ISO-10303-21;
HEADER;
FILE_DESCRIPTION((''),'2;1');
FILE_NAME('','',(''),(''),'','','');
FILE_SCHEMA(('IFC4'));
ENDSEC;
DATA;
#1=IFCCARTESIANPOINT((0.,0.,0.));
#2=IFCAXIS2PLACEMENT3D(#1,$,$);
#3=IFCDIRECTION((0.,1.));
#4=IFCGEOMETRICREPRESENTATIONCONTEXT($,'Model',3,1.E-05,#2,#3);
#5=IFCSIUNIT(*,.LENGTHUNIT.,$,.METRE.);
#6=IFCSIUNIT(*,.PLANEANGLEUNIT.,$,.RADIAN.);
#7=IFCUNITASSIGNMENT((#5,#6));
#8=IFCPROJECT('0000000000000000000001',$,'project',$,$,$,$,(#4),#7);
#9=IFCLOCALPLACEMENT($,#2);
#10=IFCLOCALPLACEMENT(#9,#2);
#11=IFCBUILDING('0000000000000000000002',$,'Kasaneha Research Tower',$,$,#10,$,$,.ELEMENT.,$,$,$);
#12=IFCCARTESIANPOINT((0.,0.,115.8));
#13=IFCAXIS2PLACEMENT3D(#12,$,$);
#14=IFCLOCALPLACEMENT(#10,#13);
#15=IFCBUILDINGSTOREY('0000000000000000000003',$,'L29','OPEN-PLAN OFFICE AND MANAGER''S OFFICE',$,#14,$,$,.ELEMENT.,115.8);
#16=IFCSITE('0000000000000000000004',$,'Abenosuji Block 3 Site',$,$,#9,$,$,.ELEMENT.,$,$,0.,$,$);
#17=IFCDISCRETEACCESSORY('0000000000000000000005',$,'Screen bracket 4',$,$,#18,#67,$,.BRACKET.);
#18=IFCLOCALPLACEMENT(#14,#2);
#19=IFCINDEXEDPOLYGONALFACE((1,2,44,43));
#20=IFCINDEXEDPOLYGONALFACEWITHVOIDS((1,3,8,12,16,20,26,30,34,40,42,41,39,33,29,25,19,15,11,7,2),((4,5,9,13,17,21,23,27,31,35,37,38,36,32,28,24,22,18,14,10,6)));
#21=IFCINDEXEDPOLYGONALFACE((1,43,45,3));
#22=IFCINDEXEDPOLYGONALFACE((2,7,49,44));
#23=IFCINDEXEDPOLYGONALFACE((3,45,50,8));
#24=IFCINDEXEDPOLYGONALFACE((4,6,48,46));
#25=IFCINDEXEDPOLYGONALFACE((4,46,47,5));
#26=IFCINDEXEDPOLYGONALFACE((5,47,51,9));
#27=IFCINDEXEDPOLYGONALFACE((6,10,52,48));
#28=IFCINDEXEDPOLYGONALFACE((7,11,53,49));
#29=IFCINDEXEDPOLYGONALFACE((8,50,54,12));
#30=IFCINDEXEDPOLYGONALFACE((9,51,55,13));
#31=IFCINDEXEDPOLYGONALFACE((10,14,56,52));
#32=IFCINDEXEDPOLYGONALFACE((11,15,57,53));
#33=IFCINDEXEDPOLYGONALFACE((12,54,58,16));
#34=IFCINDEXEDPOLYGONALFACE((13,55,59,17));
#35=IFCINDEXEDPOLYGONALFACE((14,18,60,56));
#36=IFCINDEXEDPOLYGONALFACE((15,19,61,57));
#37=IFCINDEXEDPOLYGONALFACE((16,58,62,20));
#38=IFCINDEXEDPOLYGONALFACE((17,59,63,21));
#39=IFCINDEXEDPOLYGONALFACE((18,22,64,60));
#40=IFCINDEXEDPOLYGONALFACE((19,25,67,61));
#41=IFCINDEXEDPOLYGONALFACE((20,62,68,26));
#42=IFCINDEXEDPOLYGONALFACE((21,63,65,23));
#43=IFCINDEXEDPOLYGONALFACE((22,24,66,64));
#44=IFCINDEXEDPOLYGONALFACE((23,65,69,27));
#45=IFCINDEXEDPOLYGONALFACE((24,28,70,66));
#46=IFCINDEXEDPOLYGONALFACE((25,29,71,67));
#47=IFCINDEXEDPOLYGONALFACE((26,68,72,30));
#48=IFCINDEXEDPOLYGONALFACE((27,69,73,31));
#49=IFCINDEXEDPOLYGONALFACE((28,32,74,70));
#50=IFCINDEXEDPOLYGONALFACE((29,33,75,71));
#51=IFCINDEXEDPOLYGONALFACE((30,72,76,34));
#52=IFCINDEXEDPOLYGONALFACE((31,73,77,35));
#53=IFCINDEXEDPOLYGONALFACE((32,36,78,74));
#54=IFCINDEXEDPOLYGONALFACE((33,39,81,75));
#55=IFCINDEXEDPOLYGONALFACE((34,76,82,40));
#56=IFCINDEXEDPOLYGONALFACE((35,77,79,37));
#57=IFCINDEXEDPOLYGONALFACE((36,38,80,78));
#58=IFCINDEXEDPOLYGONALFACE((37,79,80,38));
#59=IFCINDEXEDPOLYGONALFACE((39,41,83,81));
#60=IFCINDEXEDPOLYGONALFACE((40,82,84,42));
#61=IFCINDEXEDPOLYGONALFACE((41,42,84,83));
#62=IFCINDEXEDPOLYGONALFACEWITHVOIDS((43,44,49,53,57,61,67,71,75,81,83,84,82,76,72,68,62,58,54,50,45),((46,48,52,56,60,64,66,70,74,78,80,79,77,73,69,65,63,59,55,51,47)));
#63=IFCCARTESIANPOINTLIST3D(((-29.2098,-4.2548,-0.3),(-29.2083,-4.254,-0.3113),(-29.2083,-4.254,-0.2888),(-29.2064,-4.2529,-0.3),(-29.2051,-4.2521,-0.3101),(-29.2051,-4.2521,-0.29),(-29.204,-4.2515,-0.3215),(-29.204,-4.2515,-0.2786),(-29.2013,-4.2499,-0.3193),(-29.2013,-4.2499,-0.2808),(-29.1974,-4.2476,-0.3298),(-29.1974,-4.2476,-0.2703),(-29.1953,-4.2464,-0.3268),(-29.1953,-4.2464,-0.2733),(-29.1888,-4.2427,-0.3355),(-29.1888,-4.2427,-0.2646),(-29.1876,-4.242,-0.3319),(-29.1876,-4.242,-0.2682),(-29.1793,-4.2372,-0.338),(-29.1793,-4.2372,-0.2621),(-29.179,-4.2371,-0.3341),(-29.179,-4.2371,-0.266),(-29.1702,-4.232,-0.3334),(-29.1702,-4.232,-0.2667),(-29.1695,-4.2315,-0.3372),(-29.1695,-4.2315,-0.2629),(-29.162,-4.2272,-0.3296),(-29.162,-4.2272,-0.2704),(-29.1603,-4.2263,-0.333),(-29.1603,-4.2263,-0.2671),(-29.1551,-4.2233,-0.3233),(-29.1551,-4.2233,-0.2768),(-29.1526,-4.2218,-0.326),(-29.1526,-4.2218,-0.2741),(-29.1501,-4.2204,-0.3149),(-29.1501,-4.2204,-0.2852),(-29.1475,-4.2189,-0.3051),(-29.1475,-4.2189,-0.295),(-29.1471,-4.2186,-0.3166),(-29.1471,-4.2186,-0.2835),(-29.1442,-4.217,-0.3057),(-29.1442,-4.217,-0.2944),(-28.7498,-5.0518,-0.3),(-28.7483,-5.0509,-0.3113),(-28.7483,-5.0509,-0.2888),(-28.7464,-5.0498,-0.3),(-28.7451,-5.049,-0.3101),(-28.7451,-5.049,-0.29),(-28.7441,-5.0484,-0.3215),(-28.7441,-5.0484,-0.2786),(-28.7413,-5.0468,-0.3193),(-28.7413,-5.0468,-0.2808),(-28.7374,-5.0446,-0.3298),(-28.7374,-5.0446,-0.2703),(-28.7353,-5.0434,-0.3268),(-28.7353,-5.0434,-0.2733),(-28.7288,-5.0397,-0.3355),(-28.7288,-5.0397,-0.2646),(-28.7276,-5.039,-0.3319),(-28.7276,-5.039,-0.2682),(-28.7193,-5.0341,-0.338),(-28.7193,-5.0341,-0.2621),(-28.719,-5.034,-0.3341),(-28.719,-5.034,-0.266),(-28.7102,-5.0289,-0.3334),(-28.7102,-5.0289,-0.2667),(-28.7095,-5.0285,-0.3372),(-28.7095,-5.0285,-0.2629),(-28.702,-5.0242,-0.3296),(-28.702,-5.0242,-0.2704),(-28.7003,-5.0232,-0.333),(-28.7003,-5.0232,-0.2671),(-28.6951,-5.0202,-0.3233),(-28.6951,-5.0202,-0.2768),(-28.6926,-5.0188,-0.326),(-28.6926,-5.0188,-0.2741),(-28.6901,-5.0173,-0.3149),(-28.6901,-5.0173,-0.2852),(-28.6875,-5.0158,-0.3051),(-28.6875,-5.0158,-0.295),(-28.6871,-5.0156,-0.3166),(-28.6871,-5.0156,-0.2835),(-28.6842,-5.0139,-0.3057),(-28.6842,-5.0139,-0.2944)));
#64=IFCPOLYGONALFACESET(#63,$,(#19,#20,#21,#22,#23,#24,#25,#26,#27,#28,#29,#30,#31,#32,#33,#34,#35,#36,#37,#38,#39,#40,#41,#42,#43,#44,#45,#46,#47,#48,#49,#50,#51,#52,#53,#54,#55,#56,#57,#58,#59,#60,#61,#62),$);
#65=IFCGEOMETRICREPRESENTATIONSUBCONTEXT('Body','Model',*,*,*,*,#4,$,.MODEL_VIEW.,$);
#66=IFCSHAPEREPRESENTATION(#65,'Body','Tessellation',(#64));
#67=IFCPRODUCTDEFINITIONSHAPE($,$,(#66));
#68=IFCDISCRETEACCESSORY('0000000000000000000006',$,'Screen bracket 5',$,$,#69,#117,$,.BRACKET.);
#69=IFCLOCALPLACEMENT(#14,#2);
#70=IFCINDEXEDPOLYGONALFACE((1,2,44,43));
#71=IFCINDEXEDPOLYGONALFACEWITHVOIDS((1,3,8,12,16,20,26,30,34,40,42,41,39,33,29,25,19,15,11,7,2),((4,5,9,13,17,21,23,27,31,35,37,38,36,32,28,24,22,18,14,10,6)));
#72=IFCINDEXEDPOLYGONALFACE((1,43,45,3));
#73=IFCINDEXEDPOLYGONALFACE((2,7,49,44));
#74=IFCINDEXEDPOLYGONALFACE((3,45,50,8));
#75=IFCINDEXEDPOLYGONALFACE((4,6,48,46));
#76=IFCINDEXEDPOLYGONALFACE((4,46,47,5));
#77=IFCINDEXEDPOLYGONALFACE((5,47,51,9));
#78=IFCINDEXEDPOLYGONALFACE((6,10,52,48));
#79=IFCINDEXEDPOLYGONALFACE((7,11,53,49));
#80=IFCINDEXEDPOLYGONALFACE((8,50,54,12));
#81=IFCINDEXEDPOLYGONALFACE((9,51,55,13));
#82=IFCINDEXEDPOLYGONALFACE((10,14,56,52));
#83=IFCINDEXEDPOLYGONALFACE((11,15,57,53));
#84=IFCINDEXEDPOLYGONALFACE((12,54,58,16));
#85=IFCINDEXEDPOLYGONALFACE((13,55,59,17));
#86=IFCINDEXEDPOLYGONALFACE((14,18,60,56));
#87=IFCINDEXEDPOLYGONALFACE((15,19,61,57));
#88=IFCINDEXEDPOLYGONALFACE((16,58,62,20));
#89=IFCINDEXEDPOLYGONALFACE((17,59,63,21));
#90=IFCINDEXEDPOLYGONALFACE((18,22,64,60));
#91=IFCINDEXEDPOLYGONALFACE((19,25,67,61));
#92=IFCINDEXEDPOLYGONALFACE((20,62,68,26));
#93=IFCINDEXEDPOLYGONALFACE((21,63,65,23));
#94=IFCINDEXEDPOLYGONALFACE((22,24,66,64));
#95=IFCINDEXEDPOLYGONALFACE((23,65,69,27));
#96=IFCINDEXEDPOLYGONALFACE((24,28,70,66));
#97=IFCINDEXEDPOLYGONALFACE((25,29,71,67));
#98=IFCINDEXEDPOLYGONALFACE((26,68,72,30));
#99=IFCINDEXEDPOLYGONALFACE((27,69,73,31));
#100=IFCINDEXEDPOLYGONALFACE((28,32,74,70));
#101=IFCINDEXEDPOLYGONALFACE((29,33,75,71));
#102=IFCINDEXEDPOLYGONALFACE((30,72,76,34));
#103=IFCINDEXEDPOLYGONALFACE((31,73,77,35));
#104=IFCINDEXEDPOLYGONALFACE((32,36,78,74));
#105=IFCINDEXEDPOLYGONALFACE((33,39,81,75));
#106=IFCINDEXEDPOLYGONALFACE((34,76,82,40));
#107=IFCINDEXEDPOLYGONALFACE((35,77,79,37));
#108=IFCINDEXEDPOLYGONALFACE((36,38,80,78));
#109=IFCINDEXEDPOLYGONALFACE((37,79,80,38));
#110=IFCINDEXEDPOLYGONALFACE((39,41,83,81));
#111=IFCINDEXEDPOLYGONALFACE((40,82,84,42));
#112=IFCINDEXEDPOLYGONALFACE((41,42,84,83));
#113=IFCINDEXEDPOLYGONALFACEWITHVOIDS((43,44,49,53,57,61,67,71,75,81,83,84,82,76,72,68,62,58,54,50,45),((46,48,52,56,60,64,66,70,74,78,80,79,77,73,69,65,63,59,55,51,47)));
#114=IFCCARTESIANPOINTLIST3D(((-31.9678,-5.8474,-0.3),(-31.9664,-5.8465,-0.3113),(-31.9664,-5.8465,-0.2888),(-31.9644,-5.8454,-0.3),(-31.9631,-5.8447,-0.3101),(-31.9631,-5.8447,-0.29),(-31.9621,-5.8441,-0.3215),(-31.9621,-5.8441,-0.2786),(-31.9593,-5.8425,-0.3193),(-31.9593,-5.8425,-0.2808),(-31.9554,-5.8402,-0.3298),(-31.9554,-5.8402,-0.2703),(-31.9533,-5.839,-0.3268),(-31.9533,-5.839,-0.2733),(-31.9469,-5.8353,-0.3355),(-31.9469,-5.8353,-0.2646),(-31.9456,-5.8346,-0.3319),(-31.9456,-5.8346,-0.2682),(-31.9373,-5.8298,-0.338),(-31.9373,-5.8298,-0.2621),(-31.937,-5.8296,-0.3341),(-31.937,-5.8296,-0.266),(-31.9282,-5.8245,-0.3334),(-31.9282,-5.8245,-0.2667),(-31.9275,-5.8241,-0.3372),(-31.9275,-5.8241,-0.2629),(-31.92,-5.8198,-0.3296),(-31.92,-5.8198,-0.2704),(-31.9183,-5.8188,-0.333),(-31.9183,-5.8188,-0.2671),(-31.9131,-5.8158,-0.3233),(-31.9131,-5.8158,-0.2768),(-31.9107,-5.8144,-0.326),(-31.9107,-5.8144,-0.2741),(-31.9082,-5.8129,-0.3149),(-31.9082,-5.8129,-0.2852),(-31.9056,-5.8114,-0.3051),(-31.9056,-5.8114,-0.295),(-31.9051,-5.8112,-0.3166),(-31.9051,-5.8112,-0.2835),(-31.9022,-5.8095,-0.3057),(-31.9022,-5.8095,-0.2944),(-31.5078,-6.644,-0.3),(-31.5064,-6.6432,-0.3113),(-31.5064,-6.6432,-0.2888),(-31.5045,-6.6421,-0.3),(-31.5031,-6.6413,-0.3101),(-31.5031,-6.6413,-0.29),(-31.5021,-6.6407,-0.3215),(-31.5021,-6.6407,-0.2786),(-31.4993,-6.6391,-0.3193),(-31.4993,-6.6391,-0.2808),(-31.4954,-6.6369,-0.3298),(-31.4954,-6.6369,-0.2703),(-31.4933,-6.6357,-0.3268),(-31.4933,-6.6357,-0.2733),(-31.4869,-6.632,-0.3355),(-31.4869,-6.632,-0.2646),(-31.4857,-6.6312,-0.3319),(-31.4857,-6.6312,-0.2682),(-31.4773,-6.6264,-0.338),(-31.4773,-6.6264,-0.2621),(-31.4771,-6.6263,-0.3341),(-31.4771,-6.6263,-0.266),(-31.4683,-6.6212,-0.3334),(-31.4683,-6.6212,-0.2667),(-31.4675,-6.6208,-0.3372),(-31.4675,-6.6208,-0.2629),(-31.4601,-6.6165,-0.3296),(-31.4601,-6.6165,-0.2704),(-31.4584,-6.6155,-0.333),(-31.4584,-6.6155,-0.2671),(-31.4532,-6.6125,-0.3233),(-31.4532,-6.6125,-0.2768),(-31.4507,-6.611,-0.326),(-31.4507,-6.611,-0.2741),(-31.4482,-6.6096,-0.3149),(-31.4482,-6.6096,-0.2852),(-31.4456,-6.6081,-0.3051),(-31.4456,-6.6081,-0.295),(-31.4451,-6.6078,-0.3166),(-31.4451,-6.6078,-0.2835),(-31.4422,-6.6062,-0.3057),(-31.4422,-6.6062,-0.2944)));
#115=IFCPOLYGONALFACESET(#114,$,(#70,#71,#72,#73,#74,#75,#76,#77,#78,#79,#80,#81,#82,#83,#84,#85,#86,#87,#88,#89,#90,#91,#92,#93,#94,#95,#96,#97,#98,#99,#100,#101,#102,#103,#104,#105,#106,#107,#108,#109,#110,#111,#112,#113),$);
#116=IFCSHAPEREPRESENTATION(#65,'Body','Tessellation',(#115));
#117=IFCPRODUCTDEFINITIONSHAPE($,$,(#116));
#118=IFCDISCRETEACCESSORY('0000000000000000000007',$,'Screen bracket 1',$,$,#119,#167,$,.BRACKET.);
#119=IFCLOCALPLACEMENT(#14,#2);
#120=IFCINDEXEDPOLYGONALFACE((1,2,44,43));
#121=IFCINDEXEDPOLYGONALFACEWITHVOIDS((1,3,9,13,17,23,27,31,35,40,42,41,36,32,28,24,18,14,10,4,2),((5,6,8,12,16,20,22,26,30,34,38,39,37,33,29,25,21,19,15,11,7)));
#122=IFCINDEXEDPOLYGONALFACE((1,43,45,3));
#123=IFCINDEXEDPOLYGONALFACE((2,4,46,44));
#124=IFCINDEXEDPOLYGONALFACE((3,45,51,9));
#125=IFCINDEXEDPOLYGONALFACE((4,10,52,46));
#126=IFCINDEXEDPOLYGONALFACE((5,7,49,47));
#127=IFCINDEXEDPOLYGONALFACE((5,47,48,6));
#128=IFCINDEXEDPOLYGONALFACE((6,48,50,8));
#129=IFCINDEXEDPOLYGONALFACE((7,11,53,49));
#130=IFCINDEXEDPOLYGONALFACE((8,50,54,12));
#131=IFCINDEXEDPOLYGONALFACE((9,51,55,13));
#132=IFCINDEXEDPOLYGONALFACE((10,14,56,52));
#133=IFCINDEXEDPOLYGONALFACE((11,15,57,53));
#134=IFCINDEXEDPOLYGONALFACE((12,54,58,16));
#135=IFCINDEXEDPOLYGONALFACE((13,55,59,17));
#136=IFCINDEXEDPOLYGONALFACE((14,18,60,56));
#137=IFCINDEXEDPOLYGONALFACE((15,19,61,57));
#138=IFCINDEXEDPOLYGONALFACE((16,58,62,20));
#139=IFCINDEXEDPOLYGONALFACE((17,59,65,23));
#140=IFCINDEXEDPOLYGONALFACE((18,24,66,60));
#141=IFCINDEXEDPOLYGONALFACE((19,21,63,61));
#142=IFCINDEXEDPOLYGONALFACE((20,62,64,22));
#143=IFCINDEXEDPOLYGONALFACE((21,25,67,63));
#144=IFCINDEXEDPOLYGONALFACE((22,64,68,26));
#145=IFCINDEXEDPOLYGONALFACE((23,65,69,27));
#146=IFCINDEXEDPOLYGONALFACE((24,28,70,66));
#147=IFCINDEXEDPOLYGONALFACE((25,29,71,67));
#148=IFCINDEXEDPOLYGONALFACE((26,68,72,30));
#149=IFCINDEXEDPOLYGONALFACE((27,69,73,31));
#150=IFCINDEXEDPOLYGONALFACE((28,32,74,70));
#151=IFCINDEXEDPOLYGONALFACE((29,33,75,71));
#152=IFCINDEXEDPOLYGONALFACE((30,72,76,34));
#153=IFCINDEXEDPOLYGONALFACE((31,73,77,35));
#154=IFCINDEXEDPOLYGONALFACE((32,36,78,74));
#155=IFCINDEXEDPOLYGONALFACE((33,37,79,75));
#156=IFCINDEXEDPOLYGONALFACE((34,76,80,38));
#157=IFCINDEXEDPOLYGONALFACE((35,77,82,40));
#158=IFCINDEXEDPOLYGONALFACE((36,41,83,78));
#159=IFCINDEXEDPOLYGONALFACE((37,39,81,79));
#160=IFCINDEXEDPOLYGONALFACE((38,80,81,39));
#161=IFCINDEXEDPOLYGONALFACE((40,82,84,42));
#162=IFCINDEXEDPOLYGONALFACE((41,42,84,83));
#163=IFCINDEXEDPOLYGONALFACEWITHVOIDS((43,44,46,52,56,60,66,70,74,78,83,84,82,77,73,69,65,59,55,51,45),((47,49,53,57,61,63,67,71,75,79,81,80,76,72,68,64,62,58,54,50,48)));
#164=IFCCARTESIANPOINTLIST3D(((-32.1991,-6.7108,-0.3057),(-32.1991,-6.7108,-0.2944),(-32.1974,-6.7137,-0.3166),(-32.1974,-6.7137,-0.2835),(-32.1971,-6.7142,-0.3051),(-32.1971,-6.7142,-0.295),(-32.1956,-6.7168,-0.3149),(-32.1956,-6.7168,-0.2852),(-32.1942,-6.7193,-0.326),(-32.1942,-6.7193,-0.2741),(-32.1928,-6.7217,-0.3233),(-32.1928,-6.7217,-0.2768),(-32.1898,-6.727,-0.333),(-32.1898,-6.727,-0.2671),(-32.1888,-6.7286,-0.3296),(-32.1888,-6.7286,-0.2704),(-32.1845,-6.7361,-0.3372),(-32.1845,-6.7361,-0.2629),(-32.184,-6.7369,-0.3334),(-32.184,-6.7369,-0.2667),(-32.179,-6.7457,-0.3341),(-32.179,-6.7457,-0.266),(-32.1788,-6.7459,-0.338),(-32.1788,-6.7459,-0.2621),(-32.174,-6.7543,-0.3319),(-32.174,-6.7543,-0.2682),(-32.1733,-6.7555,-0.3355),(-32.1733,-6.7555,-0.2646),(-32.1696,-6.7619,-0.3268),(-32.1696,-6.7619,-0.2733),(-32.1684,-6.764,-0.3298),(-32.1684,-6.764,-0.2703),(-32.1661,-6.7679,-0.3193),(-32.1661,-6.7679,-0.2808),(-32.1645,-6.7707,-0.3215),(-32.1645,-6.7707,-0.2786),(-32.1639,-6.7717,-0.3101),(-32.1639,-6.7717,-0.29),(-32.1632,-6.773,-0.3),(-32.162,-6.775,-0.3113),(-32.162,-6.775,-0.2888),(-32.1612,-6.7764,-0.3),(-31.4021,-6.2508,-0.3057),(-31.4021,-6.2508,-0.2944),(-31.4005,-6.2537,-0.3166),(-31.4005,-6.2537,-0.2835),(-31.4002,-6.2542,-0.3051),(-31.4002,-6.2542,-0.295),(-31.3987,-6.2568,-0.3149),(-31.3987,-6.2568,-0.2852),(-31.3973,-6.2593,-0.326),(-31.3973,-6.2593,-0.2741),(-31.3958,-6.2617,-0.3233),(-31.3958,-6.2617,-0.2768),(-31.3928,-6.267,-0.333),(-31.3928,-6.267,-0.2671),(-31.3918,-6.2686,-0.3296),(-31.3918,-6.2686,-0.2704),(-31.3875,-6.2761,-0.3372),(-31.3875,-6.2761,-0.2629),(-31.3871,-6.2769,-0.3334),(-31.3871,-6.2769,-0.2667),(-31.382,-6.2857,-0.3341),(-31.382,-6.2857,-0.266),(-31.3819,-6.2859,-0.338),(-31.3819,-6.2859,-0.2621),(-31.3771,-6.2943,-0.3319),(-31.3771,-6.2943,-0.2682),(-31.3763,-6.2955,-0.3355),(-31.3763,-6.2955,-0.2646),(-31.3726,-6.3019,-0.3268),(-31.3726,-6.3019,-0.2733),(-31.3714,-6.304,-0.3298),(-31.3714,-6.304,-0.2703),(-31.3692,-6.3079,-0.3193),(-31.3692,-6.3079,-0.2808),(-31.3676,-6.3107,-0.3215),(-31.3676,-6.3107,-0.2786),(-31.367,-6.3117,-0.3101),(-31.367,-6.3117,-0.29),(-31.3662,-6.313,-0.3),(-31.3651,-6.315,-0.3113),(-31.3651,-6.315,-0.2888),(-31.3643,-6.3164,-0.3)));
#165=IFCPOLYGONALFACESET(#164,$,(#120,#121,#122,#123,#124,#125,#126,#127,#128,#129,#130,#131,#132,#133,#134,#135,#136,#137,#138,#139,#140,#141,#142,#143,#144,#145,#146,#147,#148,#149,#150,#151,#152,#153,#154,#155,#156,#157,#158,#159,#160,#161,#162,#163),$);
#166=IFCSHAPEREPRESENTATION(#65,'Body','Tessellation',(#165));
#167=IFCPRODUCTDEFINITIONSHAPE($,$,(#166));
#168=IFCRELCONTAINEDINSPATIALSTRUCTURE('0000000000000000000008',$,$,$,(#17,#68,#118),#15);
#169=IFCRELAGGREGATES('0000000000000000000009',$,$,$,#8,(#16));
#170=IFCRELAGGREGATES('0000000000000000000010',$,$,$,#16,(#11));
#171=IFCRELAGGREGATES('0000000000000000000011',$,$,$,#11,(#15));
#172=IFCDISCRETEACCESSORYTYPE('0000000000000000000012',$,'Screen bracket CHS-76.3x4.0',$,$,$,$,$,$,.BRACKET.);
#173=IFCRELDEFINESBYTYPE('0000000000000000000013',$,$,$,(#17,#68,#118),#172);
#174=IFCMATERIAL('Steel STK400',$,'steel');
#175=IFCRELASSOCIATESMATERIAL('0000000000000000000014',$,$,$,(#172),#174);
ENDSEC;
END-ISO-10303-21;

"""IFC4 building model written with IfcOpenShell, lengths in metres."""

from ifc_helpers import new_model, si_unit, direction, frame, origin, origin_2d, place, context, subcontext, project, spatial, hollow_circle, extrude, material, material_profile, profile_set, type_object, element, save


model = new_model("IFC4")

# Units and contexts
model_context = context("Model", 3, precision=1e-05, world=origin(), true_north=direction((0.0, 1.0)))
body_context = subcontext(model_context, "Body", "Model", "MODEL_VIEW")
ifc_project = project(units=[si_unit("LENGTHUNIT", "METRE"), si_unit("PLANEANGLEUNIT", "RADIAN")], contexts=[model_context])

# Site, building, storey
site_placement = place(None, origin())
site = spatial("IfcSite", under=ifc_project, at=site_placement, Name="Abenosuji Block 3 Site", CompositionType="ELEMENT", RefElevation=0.0)
building_placement = place(site_placement, origin())
building = spatial("IfcBuilding", under=site, at=building_placement, Name="Kasaneha Research Tower", CompositionType="ELEMENT")
storey_placement = place(building_placement, frame((0.0, 0.0, 115.8)))
storey = spatial("IfcBuildingStorey", under=building, at=storey_placement, Name="L29", Description="OPEN-PLAN OFFICE AND MANAGER'S OFFICE", CompositionType="ELEMENT", Elevation=115.8)

# Discrete accessories
ifc_material_1 = material(Name="Steel STK400", Category="steel")
ifc_material_profile_1 = material_profile(ifc_material_1, hollow_circle(Radius=0.0381, WallThickness=0.0039, at=origin_2d()), Name="CHS-76.3x4.0")
ifc_profile_set_1 = profile_set([ifc_material_profile_1], Name="Steel STK400")
discrete_accessory_type = type_object("IfcDiscreteAccessoryType", Name="Screen bracket CHS-76.3x4.0", PredefinedType="BRACKET", material=ifc_profile_set_1)
discrete_accessory_1_placement = place(storey_placement, frame((-28.7168, -5.0327, -0.3), z_axis=(-0.499906, 0.86608, 0.0), x_axis=(-0.86608, -0.499906, 0.0)))
element("IfcDiscreteAccessory", 1, at=discrete_accessory_1_placement, inside=storey, type_object=discrete_accessory_type, Name="Screen bracket 4", PredefinedType="BRACKET", context=body_context, shape_type="SweptSolid", body=[
    extrude(hollow_circle(Radius=0.0381, WallThickness=0.0039, at=origin_2d()), origin(), (0.0, 0.0, 1.0), 0.9202),
])
discrete_accessory_2_placement = place(storey_placement, frame((-31.4749, -6.625, -0.3), z_axis=(-0.500021, 0.866013, 0.0), x_axis=(-0.866013, -0.500021, 0.0)))
element("IfcDiscreteAccessory", 2, at=discrete_accessory_2_placement, inside=storey, type_object=discrete_accessory_type, Name="Screen bracket 5", PredefinedType="BRACKET", context=body_context, shape_type="SweptSolid", body=[
    extrude(hollow_circle(Radius=0.0381, WallThickness=0.0039, at=origin_2d()), origin(), (0.0, 0.0, 1.0), 0.9199),
])
discrete_accessory_3_placement = place(storey_placement, frame((-31.3833, -6.2834, -0.3), z_axis=(-0.86608, -0.499906, 0.0), x_axis=(0.499906, -0.86608, 0.0)))
element("IfcDiscreteAccessory", 3, at=discrete_accessory_3_placement, inside=storey, type_object=discrete_accessory_type, Name="Screen bracket 1", PredefinedType="BRACKET", context=body_context, shape_type="SweptSolid", body=[
    extrude(hollow_circle(Radius=0.0381, WallThickness=0.0039, at=origin_2d()), origin(), (0.0, 0.0, 1.0), 0.9202),
])

save(model, "model.ifc")
